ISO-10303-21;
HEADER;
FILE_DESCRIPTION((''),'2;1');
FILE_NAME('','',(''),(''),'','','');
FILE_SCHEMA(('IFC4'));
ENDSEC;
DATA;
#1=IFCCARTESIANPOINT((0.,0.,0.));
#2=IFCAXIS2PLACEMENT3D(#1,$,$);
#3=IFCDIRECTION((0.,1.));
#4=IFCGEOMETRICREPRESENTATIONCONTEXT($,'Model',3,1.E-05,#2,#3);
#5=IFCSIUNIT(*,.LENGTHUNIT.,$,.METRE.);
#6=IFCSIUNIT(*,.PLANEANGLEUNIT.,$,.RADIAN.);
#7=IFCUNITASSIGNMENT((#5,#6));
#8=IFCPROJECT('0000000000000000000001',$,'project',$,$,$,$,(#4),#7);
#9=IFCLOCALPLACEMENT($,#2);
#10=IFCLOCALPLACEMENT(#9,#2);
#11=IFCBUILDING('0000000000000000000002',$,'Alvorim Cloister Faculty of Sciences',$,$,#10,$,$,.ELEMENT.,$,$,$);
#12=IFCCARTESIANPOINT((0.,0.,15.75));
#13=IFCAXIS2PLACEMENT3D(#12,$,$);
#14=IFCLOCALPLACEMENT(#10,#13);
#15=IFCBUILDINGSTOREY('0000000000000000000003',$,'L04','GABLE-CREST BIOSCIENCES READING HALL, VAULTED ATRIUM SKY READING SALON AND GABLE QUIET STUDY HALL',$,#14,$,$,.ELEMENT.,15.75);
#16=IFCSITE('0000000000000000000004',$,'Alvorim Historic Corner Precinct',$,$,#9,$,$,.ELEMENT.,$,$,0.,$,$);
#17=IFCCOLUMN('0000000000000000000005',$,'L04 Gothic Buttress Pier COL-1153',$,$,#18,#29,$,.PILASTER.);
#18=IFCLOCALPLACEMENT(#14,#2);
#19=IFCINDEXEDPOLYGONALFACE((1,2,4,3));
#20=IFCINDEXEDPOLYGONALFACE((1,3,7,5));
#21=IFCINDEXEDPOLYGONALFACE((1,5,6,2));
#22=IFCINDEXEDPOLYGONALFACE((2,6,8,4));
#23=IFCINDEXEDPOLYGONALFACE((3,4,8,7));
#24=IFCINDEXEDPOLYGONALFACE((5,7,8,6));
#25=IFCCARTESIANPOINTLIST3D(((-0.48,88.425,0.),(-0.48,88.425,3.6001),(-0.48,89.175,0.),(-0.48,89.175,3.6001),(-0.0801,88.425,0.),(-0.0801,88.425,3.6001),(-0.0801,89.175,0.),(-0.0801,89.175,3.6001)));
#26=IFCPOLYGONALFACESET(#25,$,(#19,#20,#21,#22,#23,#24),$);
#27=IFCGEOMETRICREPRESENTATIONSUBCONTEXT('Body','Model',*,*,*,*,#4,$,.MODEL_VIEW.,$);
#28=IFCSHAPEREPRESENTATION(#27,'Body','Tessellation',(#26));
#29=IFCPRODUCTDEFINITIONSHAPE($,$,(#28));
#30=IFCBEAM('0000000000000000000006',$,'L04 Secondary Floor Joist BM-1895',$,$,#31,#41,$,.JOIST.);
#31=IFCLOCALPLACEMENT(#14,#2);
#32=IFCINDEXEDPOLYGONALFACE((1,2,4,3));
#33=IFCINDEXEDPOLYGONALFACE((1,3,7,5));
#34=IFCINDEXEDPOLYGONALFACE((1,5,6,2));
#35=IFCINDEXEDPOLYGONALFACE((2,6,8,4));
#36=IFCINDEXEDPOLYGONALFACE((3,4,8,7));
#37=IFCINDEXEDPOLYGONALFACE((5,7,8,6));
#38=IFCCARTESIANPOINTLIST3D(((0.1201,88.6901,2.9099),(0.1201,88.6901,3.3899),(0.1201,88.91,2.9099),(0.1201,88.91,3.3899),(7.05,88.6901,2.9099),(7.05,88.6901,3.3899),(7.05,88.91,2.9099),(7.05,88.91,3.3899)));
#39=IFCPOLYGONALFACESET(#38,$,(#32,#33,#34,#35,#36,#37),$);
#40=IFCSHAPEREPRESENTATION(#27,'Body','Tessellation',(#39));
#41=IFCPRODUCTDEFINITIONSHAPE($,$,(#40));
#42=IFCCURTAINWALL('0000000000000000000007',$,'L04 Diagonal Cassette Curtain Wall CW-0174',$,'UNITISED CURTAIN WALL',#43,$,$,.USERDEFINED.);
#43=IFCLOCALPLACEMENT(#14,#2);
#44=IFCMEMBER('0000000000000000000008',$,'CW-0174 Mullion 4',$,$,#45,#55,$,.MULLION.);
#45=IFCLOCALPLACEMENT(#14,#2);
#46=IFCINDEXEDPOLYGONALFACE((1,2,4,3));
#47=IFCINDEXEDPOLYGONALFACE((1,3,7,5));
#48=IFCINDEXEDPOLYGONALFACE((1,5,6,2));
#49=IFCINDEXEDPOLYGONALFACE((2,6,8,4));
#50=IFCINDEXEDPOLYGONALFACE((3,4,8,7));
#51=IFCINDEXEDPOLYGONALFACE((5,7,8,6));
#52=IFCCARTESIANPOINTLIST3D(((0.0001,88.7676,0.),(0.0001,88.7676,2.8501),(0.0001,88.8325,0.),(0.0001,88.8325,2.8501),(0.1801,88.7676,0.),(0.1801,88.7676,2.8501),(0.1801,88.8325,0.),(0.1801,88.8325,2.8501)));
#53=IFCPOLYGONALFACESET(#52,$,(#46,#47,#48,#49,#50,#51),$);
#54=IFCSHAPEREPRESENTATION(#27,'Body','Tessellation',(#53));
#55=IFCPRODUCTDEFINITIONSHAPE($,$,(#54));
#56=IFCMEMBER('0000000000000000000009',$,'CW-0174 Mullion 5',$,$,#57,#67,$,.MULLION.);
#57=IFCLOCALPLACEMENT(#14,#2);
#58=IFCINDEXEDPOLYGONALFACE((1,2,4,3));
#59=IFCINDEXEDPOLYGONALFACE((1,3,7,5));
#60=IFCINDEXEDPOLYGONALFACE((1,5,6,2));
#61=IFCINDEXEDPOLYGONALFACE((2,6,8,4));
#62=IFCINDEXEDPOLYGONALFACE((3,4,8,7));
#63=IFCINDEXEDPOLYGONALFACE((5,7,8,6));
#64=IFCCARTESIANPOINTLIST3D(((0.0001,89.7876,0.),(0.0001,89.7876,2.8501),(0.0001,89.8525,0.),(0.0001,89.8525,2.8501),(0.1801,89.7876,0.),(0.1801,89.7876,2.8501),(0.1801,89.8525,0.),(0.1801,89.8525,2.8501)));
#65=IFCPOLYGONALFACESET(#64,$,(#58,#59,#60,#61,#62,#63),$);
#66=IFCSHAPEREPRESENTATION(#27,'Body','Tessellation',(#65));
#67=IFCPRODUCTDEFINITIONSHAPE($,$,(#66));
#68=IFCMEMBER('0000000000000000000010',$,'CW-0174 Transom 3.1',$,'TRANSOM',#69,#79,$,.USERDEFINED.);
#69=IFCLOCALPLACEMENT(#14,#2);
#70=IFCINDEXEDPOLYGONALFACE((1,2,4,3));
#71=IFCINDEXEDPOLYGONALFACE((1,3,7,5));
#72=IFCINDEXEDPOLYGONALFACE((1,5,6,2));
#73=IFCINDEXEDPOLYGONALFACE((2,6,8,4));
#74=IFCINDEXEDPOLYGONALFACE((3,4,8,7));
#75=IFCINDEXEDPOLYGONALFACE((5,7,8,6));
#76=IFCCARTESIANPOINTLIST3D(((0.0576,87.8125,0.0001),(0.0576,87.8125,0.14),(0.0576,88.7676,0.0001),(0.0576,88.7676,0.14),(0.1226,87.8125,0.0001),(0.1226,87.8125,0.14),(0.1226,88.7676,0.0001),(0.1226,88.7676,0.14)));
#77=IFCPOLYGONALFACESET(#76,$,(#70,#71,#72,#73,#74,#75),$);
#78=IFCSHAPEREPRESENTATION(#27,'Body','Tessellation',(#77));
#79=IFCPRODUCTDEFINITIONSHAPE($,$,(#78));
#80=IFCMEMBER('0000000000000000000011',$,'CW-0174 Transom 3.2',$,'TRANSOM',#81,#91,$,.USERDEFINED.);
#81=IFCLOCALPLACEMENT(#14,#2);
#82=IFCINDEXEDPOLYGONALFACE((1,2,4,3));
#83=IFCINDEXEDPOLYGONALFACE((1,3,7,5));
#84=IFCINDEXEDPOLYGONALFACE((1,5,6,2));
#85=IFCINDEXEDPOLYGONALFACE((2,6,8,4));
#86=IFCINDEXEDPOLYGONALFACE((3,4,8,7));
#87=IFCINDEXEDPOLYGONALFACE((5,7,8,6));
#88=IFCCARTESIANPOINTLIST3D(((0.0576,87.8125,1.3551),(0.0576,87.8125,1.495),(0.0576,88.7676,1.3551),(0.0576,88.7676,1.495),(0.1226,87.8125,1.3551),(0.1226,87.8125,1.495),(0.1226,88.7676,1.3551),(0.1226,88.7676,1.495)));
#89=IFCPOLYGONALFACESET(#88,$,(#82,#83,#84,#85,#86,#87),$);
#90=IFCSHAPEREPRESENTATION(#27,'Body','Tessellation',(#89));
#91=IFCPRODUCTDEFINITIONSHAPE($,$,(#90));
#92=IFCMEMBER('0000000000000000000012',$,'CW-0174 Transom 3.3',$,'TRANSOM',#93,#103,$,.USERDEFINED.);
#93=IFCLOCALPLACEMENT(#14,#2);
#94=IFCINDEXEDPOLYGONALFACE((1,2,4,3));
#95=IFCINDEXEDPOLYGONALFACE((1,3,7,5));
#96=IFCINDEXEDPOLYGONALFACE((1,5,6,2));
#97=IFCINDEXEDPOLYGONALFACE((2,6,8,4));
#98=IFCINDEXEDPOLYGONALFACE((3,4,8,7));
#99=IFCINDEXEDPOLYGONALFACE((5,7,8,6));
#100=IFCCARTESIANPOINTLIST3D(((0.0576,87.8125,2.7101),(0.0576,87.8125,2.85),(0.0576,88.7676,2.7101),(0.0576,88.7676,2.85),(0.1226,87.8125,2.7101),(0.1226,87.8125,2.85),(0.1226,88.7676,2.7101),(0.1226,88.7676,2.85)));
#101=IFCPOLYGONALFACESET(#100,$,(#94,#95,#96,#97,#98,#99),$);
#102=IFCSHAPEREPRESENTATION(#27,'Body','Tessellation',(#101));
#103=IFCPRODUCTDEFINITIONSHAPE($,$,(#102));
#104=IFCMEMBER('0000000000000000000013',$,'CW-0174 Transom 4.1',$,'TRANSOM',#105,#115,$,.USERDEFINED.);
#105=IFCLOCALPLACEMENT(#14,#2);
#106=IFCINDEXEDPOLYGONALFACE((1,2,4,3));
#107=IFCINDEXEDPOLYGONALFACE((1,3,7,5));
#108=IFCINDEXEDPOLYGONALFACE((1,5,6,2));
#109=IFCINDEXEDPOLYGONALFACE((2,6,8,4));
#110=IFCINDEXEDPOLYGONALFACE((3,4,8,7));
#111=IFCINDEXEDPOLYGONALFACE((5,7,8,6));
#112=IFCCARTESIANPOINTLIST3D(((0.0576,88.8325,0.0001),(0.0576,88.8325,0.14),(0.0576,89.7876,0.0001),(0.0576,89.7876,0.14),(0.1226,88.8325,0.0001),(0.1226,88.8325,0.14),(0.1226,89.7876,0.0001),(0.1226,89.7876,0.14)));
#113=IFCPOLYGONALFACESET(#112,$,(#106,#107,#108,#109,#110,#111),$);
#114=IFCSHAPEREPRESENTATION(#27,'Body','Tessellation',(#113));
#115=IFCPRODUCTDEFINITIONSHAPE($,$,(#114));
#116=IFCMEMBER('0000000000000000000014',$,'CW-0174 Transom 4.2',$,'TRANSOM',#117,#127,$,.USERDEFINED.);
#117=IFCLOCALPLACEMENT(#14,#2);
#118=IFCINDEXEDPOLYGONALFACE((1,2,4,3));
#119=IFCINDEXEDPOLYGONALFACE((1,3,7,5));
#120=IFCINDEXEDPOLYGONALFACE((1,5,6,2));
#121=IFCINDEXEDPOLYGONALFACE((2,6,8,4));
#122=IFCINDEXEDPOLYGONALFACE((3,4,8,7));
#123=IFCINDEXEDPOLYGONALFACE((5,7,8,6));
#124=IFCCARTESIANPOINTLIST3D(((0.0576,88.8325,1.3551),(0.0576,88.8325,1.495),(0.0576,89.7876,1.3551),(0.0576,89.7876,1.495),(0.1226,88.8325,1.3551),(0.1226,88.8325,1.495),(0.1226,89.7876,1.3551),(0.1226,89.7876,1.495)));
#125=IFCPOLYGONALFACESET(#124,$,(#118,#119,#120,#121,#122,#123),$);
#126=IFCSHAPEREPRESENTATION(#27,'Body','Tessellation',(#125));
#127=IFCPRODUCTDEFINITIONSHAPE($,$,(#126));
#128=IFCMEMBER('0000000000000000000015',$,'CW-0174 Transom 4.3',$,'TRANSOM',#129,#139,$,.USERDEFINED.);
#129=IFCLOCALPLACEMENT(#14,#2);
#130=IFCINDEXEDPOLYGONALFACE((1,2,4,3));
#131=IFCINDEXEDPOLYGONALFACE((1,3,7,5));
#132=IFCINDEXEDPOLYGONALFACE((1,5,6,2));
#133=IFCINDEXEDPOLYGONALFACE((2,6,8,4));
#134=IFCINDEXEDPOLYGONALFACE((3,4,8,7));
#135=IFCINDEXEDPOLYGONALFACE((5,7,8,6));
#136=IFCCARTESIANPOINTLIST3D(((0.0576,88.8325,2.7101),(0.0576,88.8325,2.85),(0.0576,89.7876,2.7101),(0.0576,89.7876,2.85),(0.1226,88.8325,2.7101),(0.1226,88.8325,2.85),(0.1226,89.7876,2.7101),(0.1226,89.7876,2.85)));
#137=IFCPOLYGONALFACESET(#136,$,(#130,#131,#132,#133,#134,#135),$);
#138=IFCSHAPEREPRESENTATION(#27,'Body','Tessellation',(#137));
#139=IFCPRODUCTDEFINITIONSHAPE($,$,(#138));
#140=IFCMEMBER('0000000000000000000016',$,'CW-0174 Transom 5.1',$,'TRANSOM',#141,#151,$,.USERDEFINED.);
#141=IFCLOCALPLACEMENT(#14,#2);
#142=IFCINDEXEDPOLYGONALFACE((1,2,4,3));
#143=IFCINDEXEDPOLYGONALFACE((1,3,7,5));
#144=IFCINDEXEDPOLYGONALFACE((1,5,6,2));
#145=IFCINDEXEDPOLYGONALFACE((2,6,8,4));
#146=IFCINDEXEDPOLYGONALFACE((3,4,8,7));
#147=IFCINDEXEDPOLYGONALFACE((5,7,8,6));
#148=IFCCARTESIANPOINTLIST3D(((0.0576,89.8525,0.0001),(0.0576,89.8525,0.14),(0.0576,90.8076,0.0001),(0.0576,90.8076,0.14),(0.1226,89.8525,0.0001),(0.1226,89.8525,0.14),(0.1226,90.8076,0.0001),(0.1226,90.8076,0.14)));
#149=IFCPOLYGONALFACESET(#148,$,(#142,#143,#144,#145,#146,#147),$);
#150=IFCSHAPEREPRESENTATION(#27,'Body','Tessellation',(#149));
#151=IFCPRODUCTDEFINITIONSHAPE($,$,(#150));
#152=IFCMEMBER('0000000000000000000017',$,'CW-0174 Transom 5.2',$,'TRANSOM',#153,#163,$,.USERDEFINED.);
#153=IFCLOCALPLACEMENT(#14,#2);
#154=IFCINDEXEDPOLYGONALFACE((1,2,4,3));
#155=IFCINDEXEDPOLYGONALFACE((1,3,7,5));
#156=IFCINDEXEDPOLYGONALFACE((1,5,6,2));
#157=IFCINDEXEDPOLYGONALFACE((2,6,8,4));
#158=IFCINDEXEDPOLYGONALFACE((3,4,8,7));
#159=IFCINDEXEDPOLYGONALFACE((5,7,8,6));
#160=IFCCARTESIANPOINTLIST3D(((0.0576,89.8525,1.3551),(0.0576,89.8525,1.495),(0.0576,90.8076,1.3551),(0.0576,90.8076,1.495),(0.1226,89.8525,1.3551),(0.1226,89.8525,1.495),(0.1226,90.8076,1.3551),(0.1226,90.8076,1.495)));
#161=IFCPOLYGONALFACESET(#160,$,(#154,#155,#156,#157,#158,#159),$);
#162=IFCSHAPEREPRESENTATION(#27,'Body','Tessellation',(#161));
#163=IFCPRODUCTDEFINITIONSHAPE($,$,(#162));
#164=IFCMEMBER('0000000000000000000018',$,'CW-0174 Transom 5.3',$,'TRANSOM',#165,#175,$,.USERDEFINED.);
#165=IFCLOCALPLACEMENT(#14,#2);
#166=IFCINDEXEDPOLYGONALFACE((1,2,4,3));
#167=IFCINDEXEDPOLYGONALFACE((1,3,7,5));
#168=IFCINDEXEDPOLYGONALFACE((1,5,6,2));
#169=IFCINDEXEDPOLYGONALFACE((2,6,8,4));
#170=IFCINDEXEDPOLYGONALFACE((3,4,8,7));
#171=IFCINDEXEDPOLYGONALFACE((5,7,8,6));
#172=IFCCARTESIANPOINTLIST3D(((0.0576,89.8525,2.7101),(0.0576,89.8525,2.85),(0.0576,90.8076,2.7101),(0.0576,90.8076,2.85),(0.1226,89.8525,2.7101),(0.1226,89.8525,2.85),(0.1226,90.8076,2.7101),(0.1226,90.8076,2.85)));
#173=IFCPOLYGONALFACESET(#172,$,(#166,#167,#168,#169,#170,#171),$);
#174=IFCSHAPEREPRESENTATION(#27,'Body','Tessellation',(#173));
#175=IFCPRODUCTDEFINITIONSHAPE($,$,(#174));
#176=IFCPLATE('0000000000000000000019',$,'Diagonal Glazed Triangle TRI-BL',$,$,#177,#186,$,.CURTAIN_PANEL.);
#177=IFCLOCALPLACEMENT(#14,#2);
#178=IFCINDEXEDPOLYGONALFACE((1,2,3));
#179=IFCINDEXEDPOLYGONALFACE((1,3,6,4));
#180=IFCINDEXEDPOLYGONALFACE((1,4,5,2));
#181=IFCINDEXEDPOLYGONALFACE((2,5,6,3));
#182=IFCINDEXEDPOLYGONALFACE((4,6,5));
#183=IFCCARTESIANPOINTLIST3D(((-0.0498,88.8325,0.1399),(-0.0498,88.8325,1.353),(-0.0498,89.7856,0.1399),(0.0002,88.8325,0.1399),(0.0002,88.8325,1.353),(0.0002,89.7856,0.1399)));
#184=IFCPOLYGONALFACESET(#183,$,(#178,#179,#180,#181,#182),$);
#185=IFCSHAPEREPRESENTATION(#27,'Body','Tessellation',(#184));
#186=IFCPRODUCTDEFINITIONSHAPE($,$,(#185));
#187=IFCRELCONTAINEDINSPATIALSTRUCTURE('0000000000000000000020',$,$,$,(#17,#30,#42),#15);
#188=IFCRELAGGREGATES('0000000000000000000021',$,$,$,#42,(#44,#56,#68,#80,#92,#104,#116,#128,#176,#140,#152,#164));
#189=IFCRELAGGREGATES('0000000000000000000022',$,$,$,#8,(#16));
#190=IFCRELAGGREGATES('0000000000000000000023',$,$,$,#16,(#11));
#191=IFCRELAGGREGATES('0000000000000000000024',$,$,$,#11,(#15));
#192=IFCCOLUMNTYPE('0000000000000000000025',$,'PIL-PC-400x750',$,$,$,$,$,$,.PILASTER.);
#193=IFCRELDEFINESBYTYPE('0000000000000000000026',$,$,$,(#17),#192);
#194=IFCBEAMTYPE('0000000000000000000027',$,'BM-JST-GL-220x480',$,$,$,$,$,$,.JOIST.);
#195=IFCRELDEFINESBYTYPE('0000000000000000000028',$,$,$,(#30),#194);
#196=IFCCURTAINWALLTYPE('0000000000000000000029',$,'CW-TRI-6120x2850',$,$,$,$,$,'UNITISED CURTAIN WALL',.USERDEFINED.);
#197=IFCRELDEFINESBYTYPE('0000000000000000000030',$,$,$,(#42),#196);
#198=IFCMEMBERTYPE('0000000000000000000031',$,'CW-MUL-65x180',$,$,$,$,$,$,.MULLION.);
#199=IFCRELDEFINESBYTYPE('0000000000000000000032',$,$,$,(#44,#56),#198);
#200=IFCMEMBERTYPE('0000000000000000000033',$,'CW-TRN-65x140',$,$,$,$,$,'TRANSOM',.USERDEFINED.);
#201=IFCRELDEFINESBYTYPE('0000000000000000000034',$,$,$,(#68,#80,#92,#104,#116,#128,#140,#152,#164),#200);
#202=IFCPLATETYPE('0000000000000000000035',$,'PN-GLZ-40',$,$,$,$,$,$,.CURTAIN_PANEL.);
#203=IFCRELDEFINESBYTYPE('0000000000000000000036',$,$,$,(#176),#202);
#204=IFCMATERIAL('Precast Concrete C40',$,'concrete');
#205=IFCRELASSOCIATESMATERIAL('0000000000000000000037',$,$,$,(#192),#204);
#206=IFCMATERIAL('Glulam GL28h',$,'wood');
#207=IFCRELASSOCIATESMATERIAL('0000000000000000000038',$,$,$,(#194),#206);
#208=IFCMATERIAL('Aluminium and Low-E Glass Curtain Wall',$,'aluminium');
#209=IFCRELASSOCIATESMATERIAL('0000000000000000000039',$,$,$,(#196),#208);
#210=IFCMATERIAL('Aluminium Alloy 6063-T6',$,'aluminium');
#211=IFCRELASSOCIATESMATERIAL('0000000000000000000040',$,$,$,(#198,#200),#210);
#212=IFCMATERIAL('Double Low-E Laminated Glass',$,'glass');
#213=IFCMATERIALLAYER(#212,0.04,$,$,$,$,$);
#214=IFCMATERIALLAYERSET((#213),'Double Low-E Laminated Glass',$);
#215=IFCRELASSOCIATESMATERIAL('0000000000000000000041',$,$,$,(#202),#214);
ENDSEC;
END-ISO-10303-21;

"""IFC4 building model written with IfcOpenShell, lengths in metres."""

from ifc_helpers import new_model, si_unit, direction, frame, origin, origin_2d, place, context, subcontext, project, spatial, polyline, rectangle, outline, extrude, material, layer, layer_set, material_profile, profile_set, type_object, element, aggregate, save


model = new_model("IFC4")

# Units and contexts
model_context = context("Model", 3, precision=1e-05, world=origin(), true_north=direction((0.0, 1.0)))
body_context = subcontext(model_context, "Body", "Model", "MODEL_VIEW")
ifc_project = project(units=[si_unit("LENGTHUNIT", "METRE"), si_unit("PLANEANGLEUNIT", "RADIAN")], contexts=[model_context])

# Site, building, storey
site_placement = place(None, origin())
site = spatial("IfcSite", under=ifc_project, at=site_placement, Name="Alvorim Historic Corner Precinct", CompositionType="ELEMENT", RefElevation=0.0)
building_placement = place(site_placement, origin())
building = spatial("IfcBuilding", under=site, at=building_placement, Name="Alvorim Cloister Faculty of Sciences", CompositionType="ELEMENT")
storey_placement = place(building_placement, frame((0.0, 0.0, 15.75)))
storey = spatial("IfcBuildingStorey", under=building, at=storey_placement, Name="L04", Description="GABLE-CREST BIOSCIENCES READING HALL, VAULTED ATRIUM SKY READING SALON AND GABLE QUIET STUDY HALL", CompositionType="ELEMENT", Elevation=15.75)

# Column
ifc_material_1 = material(Name="Precast Concrete C40", Category="concrete")
ifc_material_profile_1 = material_profile(ifc_material_1, rectangle(XDim=0.3999, YDim=0.75, at=origin_2d()), Name="RC40-PIL-400x750")
ifc_profile_set_1 = profile_set([ifc_material_profile_1], Name="Precast Concrete C40")
column_type = type_object("IfcColumnType", Name="PIL-PC-400x750", PredefinedType="PILASTER", material=ifc_profile_set_1)
column_placement = place(storey_placement, frame((-0.28, 88.8, 0.0), z_axis=(0.0, 0.0, 1.0), x_axis=(1.0, 0.0, 0.0)))
element("IfcColumn", 1, at=column_placement, inside=storey, type_object=column_type, Name="L04 Gothic Buttress Pier COL-1153", PredefinedType="PILASTER", context=body_context, shape_type="SweptSolid", body=[
    extrude(rectangle(XDim=0.3999, YDim=0.75, at=origin_2d()), origin(), (0.0, 0.0, 1.0), 3.6001),
])

# Beam
ifc_material_2 = material(Name="Glulam GL28h", Category="wood")
ifc_material_profile_2 = material_profile(ifc_material_2, rectangle(XDim=0.22, YDim=0.48, at=origin_2d()), Name="GL28-JST-220x480")
ifc_profile_set_2 = profile_set([ifc_material_profile_2], Name="Glulam GL28h")
beam_type = type_object("IfcBeamType", Name="BM-JST-GL-220x480", PredefinedType="JOIST", material=ifc_profile_set_2)
beam_placement = place(storey_placement, frame((0.1201, 88.8, 3.1499), z_axis=(1.0, 0.0, 0.0), x_axis=(0.0, 1.0, 0.0)))
element("IfcBeam", 2, at=beam_placement, inside=storey, type_object=beam_type, Name="L04 Secondary Floor Joist BM-1895", PredefinedType="JOIST", context=body_context, shape_type="SweptSolid", body=[
    extrude(rectangle(XDim=0.22, YDim=0.48, at=origin_2d()), origin(), (0.0, 0.0, 1.0), 6.9299),
])

# Curtain wall, members, plate
ifc_material_3 = material(Name="Aluminium and Low-E Glass Curtain Wall", Category="aluminium")
curtain_wall_type = type_object("IfcCurtainWallType", Name="CW-TRI-6120x2850", ElementType="UNITISED CURTAIN WALL", PredefinedType="USERDEFINED", material=ifc_material_3)
curtain_wall_placement = place(storey_placement, origin())
curtain_wall = element("IfcCurtainWall", 3, at=curtain_wall_placement, inside=storey, type_object=curtain_wall_type, Name="L04 Diagonal Cassette Curtain Wall CW-0174", ObjectType="UNITISED CURTAIN WALL", PredefinedType="USERDEFINED")
ifc_material_4 = material(Name="Aluminium Alloy 6063-T6", Category="aluminium")
ifc_material_profile_3 = material_profile(ifc_material_4, rectangle(XDim=0.0649, YDim=0.1799, at=origin_2d()), Name="ALU-MUL-65x180")
ifc_profile_set_3 = profile_set([ifc_material_profile_3], Name="Aluminium Alloy 6063-T6")
member_type_1 = type_object("IfcMemberType", Name="CW-MUL-65x180", PredefinedType="MULLION", material=ifc_profile_set_3)
member_1_placement = place(storey_placement, frame((0.0901, 88.8, 0.0), z_axis=(0.0, 0.0, 1.0), x_axis=(0.0, 1.0, 0.0)))
member_1 = element("IfcMember", 4, at=member_1_placement, type_object=member_type_1, Name="CW-0174 Mullion 4", PredefinedType="MULLION", context=body_context, shape_type="SweptSolid", body=[
    extrude(rectangle(XDim=0.0649, YDim=0.1799, at=origin_2d()), origin(), (0.0, 0.0, 1.0), 2.8501),
])
member_2_placement = place(storey_placement, frame((0.0901, 89.8201, 0.0), z_axis=(0.0, 0.0, 1.0), x_axis=(0.0, 1.0, 0.0)))
member_2 = element("IfcMember", 5, at=member_2_placement, type_object=member_type_1, Name="CW-0174 Mullion 5", PredefinedType="MULLION", context=body_context, shape_type="SweptSolid", body=[
    extrude(rectangle(XDim=0.0649, YDim=0.1799, at=origin_2d()), origin(), (0.0, 0.0, 1.0), 2.8501),
])
ifc_material_profile_4 = material_profile(ifc_material_4, rectangle(XDim=0.0649, YDim=0.1399, at=origin_2d()), Name="ALU-TRN-65x140")
ifc_profile_set_4 = profile_set([ifc_material_profile_4], Name="Aluminium Alloy 6063-T6")
member_type_2 = type_object("IfcMemberType", Name="CW-TRN-65x140", ElementType="TRANSOM", PredefinedType="USERDEFINED", material=ifc_profile_set_4)
member_3_placement = place(storey_placement, frame((0.0901, 87.8125, 0.0701), z_axis=(0.0, 1.0, 0.0), x_axis=(-1.0, 0.0, 0.0)))
member_3 = element("IfcMember", 6, at=member_3_placement, type_object=member_type_2, Name="CW-0174 Transom 3.1", ObjectType="TRANSOM", PredefinedType="USERDEFINED", context=body_context, shape_type="SweptSolid", body=[
    extrude(rectangle(XDim=0.0649, YDim=0.1399, at=origin_2d()), origin(), (0.0, 0.0, 1.0), 0.9551),
])
member_4_placement = place(storey_placement, frame((0.0901, 87.8125, 1.425), z_axis=(0.0, 1.0, 0.0), x_axis=(-1.0, 0.0, 0.0)))
member_4 = element("IfcMember", 7, at=member_4_placement, type_object=member_type_2, Name="CW-0174 Transom 3.2", ObjectType="TRANSOM", PredefinedType="USERDEFINED", context=body_context, shape_type="SweptSolid", body=[
    extrude(rectangle(XDim=0.0649, YDim=0.1399, at=origin_2d()), origin(), (0.0, 0.0, 1.0), 0.9551),
])
member_5_placement = place(storey_placement, frame((0.0901, 87.8125, 2.78), z_axis=(0.0, 1.0, 0.0), x_axis=(-1.0, 0.0, 0.0)))
member_5 = element("IfcMember", 8, at=member_5_placement, type_object=member_type_2, Name="CW-0174 Transom 3.3", ObjectType="TRANSOM", PredefinedType="USERDEFINED", context=body_context, shape_type="SweptSolid", body=[
    extrude(rectangle(XDim=0.0649, YDim=0.1399, at=origin_2d()), origin(), (0.0, 0.0, 1.0), 0.9551),
])
member_6_placement = place(storey_placement, frame((0.0901, 88.8325, 0.0701), z_axis=(0.0, 1.0, 0.0), x_axis=(-1.0, 0.0, 0.0)))
member_6 = element("IfcMember", 9, at=member_6_placement, type_object=member_type_2, Name="CW-0174 Transom 4.1", ObjectType="TRANSOM", PredefinedType="USERDEFINED", context=body_context, shape_type="SweptSolid", body=[
    extrude(rectangle(XDim=0.0649, YDim=0.1399, at=origin_2d()), origin(), (0.0, 0.0, 1.0), 0.9551),
])
member_7_placement = place(storey_placement, frame((0.0901, 88.8325, 1.425), z_axis=(0.0, 1.0, 0.0), x_axis=(-1.0, 0.0, 0.0)))
member_7 = element("IfcMember", 10, at=member_7_placement, type_object=member_type_2, Name="CW-0174 Transom 4.2", ObjectType="TRANSOM", PredefinedType="USERDEFINED", context=body_context, shape_type="SweptSolid", body=[
    extrude(rectangle(XDim=0.0649, YDim=0.1399, at=origin_2d()), origin(), (0.0, 0.0, 1.0), 0.9551),
])
member_8_placement = place(storey_placement, frame((0.0901, 88.8325, 2.78), z_axis=(0.0, 1.0, 0.0), x_axis=(-1.0, 0.0, 0.0)))
member_8 = element("IfcMember", 11, at=member_8_placement, type_object=member_type_2, Name="CW-0174 Transom 4.3", ObjectType="TRANSOM", PredefinedType="USERDEFINED", context=body_context, shape_type="SweptSolid", body=[
    extrude(rectangle(XDim=0.0649, YDim=0.1399, at=origin_2d()), origin(), (0.0, 0.0, 1.0), 0.9551),
])
member_9_placement = place(storey_placement, frame((0.0901, 89.8525, 0.0701), z_axis=(0.0, 1.0, 0.0), x_axis=(-1.0, 0.0, 0.0)))
member_9 = element("IfcMember", 12, at=member_9_placement, type_object=member_type_2, Name="CW-0174 Transom 5.1", ObjectType="TRANSOM", PredefinedType="USERDEFINED", context=body_context, shape_type="SweptSolid", body=[
    extrude(rectangle(XDim=0.0649, YDim=0.1399, at=origin_2d()), origin(), (0.0, 0.0, 1.0), 0.9551),
])
member_10_placement = place(storey_placement, frame((0.0901, 89.8525, 1.425), z_axis=(0.0, 1.0, 0.0), x_axis=(-1.0, 0.0, 0.0)))
member_10 = element("IfcMember", 13, at=member_10_placement, type_object=member_type_2, Name="CW-0174 Transom 5.2", ObjectType="TRANSOM", PredefinedType="USERDEFINED", context=body_context, shape_type="SweptSolid", body=[
    extrude(rectangle(XDim=0.0649, YDim=0.1399, at=origin_2d()), origin(), (0.0, 0.0, 1.0), 0.9551),
])
member_11_placement = place(storey_placement, frame((0.0901, 89.8525, 2.78), z_axis=(0.0, 1.0, 0.0), x_axis=(-1.0, 0.0, 0.0)))
member_11 = element("IfcMember", 14, at=member_11_placement, type_object=member_type_2, Name="CW-0174 Transom 5.3", ObjectType="TRANSOM", PredefinedType="USERDEFINED", context=body_context, shape_type="SweptSolid", body=[
    extrude(rectangle(XDim=0.0649, YDim=0.1399, at=origin_2d()), origin(), (0.0, 0.0, 1.0), 0.9551),
])
ifc_material_5 = material(Name="Double Low-E Laminated Glass", Category="glass")
ifc_layer = layer(ifc_material_5, 0.04)
ifc_layer_set = layer_set([ifc_layer], Name="Double Low-E Laminated Glass")
plate_type = type_object("IfcPlateType", Name="PN-GLZ-40", PredefinedType="CURTAIN_PANEL", material=ifc_layer_set)
plate_1_placement = place(storey_placement, frame((-0.0249, 88.8325, 0.1399), z_axis=(0.0, 0.0, 1.0), x_axis=(0.0, 1.0, 0.0)))
plate_1 = element("IfcPlate", 15, at=plate_1_placement, type_object=plate_type, Name="Diagonal Glazed Triangle TRI-BL", PredefinedType="CURTAIN_PANEL", context=body_context, shape_type="SweptSolid", body=[
    extrude(outline(polyline([(0.0, 0.0), (0.9531, 0.0), (0.0, 1.2131), (0.0, 0.0)])), frame((0.0, 0.0249, 0.0), z_axis=(0.0, -1.0, 0.0), x_axis=(1.0, 0.0, 0.0)), (0.0, 0.0, 1.0), 0.05),
])
aggregate(curtain_wall, [member_1, member_2, member_3, member_4, member_5, member_6, member_7, member_8, plate_1, member_9, member_10, member_11])

save(model, "model.ifc")
